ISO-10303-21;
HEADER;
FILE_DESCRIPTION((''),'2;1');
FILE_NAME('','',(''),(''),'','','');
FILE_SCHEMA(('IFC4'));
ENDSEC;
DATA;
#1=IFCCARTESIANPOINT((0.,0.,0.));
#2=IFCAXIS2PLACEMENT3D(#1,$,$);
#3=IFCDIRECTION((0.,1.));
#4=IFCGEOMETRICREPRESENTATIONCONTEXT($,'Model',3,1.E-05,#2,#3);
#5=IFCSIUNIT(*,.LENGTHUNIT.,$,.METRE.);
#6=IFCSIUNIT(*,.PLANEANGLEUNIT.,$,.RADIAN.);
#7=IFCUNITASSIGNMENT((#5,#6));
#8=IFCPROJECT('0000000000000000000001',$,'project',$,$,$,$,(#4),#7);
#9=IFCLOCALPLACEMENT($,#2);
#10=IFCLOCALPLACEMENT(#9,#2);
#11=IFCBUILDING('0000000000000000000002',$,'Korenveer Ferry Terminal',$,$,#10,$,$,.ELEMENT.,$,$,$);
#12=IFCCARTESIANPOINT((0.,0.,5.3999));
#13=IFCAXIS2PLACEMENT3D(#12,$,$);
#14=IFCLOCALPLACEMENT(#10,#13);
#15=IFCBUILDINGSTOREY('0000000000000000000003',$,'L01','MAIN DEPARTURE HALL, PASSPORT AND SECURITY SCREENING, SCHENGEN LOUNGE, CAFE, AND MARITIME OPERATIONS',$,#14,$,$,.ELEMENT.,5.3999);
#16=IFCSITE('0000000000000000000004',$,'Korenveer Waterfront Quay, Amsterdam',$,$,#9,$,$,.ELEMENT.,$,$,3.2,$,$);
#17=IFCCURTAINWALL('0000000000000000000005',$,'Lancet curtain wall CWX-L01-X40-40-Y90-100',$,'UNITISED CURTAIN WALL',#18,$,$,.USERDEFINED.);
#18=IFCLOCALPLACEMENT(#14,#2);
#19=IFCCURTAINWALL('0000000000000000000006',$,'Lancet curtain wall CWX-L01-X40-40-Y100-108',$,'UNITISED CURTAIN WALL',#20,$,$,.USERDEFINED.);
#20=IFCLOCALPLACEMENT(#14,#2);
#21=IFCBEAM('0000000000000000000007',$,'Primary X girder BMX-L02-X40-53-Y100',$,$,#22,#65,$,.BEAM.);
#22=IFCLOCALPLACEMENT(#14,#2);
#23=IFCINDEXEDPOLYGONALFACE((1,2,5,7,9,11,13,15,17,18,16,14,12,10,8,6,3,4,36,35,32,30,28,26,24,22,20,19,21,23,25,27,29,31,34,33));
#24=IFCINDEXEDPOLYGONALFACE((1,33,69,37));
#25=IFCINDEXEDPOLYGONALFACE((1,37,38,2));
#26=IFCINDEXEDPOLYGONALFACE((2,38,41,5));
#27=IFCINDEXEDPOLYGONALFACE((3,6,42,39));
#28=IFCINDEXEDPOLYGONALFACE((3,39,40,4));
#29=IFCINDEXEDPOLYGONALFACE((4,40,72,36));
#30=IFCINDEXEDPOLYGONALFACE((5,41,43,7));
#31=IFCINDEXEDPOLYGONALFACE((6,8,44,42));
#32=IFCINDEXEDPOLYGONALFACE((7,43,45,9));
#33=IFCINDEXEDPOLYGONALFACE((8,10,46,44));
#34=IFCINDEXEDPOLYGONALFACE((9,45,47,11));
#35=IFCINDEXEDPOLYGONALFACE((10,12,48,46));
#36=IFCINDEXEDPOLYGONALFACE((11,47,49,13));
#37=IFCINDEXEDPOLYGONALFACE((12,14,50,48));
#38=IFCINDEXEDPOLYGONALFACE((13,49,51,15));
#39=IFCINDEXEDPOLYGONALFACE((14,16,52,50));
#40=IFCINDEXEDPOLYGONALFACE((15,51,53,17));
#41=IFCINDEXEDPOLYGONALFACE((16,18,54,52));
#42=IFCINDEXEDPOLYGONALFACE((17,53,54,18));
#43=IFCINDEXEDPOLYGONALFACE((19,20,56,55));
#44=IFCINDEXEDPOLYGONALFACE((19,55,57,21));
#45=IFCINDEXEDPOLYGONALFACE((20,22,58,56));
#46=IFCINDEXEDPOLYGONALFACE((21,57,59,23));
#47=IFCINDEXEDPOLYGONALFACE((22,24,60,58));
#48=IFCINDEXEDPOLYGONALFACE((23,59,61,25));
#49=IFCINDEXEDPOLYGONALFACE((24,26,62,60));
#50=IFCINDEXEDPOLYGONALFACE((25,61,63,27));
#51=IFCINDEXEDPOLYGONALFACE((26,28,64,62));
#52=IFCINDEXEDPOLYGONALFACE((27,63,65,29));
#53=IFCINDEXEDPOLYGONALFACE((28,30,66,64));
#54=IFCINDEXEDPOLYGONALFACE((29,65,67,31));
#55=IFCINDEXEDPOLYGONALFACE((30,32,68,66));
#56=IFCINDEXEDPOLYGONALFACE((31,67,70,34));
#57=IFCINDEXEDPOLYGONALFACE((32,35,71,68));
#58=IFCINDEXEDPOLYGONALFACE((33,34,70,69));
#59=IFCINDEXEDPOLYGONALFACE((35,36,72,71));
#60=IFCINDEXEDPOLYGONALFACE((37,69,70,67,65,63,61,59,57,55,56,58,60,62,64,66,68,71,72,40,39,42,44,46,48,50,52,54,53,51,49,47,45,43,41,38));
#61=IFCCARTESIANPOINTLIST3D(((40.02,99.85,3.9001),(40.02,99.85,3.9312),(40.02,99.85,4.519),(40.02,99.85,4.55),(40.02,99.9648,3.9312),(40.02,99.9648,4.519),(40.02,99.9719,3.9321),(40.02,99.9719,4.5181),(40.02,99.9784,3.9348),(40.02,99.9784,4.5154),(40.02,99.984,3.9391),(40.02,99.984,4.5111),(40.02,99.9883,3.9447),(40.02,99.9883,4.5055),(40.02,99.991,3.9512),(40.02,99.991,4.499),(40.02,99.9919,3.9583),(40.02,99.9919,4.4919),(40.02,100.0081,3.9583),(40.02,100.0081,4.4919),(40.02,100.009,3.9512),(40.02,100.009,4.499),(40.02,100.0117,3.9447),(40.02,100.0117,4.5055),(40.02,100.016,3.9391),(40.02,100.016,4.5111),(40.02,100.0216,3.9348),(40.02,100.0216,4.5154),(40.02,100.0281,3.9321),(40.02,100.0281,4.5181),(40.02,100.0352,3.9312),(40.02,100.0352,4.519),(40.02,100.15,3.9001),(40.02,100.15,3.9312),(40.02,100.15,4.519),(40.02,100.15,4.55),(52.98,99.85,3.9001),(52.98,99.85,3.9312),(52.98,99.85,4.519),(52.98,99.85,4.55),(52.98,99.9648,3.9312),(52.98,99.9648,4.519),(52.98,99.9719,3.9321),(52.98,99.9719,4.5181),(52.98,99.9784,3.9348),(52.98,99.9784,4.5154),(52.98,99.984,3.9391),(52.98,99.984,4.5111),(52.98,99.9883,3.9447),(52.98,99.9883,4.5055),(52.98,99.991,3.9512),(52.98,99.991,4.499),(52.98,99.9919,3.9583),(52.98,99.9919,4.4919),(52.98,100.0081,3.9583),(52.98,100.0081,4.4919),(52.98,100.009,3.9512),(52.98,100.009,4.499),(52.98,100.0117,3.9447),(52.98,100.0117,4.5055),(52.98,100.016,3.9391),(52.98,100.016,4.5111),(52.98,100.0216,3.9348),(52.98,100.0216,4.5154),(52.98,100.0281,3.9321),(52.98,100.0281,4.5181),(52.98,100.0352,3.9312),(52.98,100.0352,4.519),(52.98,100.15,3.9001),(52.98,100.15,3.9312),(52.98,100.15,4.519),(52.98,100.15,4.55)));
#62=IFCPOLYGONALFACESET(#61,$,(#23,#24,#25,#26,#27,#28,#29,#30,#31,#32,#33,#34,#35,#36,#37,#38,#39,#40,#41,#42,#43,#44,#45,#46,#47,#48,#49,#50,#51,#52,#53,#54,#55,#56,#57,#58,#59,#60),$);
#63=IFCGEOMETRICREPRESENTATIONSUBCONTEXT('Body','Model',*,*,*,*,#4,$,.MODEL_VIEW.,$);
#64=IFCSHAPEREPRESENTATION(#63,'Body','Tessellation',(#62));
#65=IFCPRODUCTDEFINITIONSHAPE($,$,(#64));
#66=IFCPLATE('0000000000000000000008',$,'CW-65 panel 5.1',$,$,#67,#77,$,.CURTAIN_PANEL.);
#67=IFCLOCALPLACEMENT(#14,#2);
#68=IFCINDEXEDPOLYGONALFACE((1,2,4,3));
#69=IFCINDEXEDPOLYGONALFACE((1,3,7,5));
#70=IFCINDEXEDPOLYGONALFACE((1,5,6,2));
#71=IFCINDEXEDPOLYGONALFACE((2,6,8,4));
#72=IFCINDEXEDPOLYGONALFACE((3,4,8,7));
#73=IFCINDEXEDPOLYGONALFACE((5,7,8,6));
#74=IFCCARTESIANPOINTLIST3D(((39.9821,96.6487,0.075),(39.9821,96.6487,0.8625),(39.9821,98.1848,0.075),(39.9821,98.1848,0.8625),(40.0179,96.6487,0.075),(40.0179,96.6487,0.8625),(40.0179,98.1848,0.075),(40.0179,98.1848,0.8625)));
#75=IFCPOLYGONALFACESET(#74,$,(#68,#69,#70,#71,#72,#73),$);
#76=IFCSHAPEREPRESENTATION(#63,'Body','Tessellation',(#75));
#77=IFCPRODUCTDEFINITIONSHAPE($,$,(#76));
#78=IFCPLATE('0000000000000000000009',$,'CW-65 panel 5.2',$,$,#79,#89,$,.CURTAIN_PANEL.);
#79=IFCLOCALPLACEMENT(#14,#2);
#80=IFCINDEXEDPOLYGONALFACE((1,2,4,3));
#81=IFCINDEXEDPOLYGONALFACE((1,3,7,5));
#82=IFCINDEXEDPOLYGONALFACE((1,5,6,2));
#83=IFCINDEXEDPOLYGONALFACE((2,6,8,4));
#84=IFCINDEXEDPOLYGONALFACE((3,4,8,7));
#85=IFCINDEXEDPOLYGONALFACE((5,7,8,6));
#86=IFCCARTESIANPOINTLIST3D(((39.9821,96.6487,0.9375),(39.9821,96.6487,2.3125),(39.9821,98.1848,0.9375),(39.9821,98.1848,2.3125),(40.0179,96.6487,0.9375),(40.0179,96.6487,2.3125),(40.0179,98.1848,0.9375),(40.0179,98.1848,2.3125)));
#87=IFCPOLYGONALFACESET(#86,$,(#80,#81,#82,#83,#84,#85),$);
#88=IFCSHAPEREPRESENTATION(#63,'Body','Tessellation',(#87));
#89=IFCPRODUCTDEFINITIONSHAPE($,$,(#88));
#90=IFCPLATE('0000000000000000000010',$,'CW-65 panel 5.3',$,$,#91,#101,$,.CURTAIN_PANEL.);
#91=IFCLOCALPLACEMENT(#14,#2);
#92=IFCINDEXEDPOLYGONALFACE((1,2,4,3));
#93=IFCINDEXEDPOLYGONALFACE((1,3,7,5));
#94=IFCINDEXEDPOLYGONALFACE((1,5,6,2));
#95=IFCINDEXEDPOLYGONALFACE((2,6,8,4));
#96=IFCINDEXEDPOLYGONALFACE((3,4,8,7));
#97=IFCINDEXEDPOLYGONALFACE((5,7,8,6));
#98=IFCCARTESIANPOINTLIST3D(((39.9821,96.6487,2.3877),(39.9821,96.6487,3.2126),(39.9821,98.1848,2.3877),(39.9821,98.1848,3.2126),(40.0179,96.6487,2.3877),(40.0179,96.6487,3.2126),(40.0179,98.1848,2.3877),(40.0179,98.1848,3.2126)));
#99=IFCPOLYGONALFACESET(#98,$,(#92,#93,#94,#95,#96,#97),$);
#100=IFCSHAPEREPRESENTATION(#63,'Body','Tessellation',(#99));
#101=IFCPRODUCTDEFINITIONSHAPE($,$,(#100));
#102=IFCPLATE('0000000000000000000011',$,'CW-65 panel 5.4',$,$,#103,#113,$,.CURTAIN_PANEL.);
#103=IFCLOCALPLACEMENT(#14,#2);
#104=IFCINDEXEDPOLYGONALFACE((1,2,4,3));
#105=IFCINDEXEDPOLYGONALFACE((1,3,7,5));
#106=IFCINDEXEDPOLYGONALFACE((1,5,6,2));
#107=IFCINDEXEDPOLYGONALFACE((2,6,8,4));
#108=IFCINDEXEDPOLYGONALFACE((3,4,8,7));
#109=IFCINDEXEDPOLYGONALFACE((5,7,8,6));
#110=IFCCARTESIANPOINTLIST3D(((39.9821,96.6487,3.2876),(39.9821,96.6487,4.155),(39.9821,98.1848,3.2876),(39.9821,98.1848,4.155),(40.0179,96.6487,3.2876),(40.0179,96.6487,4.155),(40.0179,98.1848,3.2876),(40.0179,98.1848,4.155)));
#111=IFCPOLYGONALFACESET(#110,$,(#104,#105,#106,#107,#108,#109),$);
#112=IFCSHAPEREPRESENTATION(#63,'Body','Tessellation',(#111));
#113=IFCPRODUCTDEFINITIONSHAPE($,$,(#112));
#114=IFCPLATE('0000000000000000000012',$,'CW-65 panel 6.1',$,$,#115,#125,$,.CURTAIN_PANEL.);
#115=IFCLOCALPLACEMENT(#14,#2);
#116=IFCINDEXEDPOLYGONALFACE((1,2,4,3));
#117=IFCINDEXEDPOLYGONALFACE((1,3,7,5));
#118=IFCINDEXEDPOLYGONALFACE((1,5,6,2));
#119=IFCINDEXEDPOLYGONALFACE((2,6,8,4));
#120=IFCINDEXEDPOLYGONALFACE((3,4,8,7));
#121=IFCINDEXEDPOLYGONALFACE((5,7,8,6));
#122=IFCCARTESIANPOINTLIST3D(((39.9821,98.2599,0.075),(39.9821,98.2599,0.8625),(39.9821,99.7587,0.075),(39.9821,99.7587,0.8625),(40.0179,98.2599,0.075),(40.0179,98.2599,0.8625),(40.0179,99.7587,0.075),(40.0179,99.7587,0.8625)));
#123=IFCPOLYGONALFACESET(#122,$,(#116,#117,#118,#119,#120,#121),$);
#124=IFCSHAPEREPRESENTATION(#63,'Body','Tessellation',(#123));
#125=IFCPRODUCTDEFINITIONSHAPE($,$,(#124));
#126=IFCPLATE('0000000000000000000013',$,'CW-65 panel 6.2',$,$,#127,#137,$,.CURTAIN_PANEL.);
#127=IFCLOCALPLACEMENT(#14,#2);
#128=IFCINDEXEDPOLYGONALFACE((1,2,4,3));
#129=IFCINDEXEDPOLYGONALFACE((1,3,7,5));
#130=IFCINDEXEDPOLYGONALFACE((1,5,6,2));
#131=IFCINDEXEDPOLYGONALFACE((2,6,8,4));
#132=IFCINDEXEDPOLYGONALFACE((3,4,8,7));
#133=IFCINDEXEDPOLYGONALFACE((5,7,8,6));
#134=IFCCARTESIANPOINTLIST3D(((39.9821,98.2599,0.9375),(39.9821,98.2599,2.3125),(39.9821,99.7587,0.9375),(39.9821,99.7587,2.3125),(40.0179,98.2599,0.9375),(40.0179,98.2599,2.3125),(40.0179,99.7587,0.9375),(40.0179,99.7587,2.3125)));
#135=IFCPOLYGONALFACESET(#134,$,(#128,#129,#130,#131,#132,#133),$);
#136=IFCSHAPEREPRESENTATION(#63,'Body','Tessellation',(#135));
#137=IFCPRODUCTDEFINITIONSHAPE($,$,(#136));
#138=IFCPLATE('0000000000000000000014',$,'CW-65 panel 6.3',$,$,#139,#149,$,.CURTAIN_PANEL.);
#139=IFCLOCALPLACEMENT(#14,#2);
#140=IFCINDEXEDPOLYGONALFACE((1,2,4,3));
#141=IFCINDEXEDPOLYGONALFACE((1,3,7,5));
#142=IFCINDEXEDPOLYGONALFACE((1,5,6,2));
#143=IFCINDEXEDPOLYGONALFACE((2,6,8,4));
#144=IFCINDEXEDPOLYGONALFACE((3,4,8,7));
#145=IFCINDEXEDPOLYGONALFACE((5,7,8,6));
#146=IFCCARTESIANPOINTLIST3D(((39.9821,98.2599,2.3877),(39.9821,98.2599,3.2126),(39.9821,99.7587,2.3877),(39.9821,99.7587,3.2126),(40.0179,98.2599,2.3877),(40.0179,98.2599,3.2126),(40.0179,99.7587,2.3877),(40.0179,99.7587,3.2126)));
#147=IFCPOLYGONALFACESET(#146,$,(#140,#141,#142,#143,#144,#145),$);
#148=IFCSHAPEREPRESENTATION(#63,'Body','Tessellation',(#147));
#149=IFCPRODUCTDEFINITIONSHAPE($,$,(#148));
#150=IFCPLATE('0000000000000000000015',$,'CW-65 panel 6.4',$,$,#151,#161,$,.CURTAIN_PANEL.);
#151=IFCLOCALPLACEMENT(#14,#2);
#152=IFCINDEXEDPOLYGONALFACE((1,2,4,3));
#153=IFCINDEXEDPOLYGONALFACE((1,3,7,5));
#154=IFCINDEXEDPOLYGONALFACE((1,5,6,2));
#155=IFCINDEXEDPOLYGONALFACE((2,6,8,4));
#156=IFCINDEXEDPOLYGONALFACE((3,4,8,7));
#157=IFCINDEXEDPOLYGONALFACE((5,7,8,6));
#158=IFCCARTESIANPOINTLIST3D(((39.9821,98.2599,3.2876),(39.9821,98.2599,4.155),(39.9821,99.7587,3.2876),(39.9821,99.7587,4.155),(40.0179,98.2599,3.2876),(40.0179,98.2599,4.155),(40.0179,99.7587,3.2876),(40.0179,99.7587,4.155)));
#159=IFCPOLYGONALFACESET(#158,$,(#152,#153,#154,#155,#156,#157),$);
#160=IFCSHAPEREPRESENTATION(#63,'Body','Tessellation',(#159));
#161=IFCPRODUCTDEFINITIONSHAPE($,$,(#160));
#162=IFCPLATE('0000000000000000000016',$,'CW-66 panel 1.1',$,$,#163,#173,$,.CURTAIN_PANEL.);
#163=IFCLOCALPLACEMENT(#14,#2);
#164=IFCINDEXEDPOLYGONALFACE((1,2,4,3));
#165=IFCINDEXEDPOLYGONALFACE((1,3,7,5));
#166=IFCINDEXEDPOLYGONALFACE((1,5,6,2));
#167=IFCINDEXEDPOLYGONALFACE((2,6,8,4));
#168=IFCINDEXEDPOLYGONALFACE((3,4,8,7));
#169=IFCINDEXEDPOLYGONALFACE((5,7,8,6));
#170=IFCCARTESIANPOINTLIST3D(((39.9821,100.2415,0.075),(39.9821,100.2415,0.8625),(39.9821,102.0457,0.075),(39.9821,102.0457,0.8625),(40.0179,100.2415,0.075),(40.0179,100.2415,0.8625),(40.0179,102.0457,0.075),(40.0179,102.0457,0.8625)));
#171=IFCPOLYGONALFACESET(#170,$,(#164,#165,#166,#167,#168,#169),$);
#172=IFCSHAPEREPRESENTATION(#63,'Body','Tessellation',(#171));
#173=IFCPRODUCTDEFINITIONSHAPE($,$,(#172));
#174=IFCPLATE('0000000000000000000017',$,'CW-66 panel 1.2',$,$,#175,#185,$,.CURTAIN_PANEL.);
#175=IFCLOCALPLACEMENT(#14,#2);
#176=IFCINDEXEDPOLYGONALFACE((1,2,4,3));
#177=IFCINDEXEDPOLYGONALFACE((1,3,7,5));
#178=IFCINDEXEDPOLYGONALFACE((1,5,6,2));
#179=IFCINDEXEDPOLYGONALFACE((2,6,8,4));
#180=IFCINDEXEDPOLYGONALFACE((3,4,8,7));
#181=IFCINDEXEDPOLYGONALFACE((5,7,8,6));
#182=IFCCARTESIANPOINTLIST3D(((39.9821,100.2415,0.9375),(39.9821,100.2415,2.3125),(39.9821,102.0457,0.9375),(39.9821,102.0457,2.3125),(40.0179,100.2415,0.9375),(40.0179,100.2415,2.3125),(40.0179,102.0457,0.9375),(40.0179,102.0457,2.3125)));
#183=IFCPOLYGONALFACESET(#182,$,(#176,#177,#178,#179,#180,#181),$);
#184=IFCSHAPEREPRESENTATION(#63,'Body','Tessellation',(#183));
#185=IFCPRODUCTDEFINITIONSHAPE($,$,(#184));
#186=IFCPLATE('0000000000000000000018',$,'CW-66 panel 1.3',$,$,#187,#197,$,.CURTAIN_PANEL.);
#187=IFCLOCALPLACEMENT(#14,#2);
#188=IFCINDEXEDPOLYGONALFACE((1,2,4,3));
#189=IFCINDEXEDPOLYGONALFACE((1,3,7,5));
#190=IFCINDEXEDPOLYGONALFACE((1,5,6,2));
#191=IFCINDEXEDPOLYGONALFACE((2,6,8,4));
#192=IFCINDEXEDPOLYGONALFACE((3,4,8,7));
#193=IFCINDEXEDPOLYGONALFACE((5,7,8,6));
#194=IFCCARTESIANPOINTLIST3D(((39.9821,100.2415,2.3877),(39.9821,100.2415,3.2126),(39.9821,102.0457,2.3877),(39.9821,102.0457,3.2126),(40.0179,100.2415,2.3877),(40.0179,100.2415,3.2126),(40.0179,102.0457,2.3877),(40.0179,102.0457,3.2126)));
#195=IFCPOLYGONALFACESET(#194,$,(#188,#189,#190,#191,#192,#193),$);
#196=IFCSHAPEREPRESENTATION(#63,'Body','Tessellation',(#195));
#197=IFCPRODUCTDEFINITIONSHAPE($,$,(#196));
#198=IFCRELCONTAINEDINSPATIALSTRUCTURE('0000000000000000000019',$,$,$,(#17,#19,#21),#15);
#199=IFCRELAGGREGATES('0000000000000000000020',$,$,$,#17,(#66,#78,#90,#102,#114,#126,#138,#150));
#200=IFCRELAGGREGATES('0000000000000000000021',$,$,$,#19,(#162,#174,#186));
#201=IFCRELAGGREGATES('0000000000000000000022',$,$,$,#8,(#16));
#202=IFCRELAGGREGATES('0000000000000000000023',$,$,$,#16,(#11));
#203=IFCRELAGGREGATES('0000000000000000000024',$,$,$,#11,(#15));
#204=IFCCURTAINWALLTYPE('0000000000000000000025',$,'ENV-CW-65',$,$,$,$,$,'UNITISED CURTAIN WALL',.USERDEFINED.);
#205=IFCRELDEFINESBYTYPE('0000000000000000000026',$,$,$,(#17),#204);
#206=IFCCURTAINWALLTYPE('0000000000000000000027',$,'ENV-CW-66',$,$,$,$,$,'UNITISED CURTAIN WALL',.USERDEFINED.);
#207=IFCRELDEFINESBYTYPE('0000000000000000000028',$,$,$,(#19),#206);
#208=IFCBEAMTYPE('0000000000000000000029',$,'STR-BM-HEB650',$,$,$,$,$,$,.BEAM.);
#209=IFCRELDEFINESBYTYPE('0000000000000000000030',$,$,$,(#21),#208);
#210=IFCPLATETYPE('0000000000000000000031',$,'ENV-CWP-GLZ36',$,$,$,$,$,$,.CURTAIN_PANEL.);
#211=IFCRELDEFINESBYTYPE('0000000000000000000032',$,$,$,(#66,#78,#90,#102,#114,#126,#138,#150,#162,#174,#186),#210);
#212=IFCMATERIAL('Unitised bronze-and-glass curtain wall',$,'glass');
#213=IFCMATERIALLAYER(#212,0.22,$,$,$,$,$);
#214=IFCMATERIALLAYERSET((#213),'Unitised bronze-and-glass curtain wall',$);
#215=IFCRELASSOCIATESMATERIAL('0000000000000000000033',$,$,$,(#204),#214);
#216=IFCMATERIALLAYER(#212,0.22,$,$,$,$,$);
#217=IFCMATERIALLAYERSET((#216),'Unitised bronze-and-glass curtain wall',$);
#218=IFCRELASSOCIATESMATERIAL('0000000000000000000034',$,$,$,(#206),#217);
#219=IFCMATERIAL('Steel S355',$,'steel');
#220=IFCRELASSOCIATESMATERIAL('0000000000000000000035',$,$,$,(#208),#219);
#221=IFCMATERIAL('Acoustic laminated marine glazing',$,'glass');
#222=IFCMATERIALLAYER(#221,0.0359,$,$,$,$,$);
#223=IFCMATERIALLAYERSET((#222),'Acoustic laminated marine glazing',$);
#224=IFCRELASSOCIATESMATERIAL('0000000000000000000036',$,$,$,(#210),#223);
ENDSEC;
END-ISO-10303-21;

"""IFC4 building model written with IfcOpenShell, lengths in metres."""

from ifc_helpers import new_model, si_unit, direction, frame, origin, origin_2d, place, context, subcontext, project, spatial, rectangle, i_section, extrude, material, layer, layer_set, material_profile, profile_set, type_object, element, aggregate, save


model = new_model("IFC4")

# Units and contexts
model_context = context("Model", 3, precision=1e-05, world=origin(), true_north=direction((0.0, 1.0)))
body_context = subcontext(model_context, "Body", "Model", "MODEL_VIEW")
ifc_project = project(units=[si_unit("LENGTHUNIT", "METRE"), si_unit("PLANEANGLEUNIT", "RADIAN")], contexts=[model_context])

# Site, building, storey
site_placement = place(None, origin())
site = spatial("IfcSite", under=ifc_project, at=site_placement, Name="Korenveer Waterfront Quay, Amsterdam", CompositionType="ELEMENT", RefElevation=3.2)
building_placement = place(site_placement, origin())
building = spatial("IfcBuilding", under=site, at=building_placement, Name="Korenveer Ferry Terminal", CompositionType="ELEMENT")
storey_placement = place(building_placement, frame((0.0, 0.0, 5.3999)))
storey = spatial("IfcBuildingStorey", under=building, at=storey_placement, Name="L01", Description="MAIN DEPARTURE HALL, PASSPORT AND SECURITY SCREENING, SCHENGEN LOUNGE, CAFE, AND MARITIME OPERATIONS", CompositionType="ELEMENT", Elevation=5.3999)

# Shared definitions
ifc_material_1 = material(Name="Steel S355", Category="steel")

# Curtain walls
ifc_material_2 = material(Name="Unitised bronze-and-glass curtain wall", Category="glass")
ifc_layer_1 = layer(ifc_material_2, 0.22)
ifc_layer_set_1 = layer_set([ifc_layer_1], Name="Unitised bronze-and-glass curtain wall")
curtain_wall_type_1 = type_object("IfcCurtainWallType", Name="ENV-CW-65", ElementType="UNITISED CURTAIN WALL", PredefinedType="USERDEFINED", material=ifc_layer_set_1)
curtain_wall_1_placement = place(storey_placement, frame((40.0, 90.1665, 0.0)))
curtain_wall_1 = element("IfcCurtainWall", 1, at=curtain_wall_1_placement, inside=storey, type_object=curtain_wall_type_1, Name="Lancet curtain wall CWX-L01-X40-40-Y90-100", ObjectType="UNITISED CURTAIN WALL", PredefinedType="USERDEFINED")
ifc_layer_2 = layer(ifc_material_2, 0.22)
ifc_layer_set_2 = layer_set([ifc_layer_2], Name="Unitised bronze-and-glass curtain wall")
curtain_wall_type_2 = type_object("IfcCurtainWallType", Name="ENV-CW-66", ElementType="UNITISED CURTAIN WALL", PredefinedType="USERDEFINED", material=ifc_layer_set_2)
curtain_wall_2_placement = place(storey_placement, frame((40.0, 100.1665, 0.0)))
curtain_wall_2 = element("IfcCurtainWall", 2, at=curtain_wall_2_placement, inside=storey, type_object=curtain_wall_type_2, Name="Lancet curtain wall CWX-L01-X40-40-Y100-108", ObjectType="UNITISED CURTAIN WALL", PredefinedType="USERDEFINED")

# Beam
ifc_material_profile_1 = material_profile(ifc_material_1, i_section(OverallWidth=0.3, OverallDepth=0.6499, WebThickness=0.0161, FlangeThickness=0.031, FilletRadius=0.0271, at=origin_2d()), Name="HEB 650")
ifc_profile_set_1 = profile_set([ifc_material_profile_1], Name="Steel S355")
beam_type_1 = type_object("IfcBeamType", Name="STR-BM-HEB650", PredefinedType="BEAM", material=ifc_profile_set_1)
beam_1_placement = place(storey_placement, frame((40.02, 100.0, 4.2251), z_axis=(1.0, 0.0, 0.0), x_axis=(0.0, 1.0, 0.0)))
element("IfcBeam", 3, at=beam_1_placement, inside=storey, type_object=beam_type_1, Name="Primary X girder BMX-L02-X40-53-Y100", PredefinedType="BEAM", context=body_context, shape_type="SweptSolid", body=[
    extrude(i_section(OverallWidth=0.3, OverallDepth=0.6499, WebThickness=0.0161, FlangeThickness=0.031, FilletRadius=0.0271, at=origin_2d()), origin(), (0.0, 0.0, 1.0), 12.96),
])

# Plates
ifc_material_3 = material(Name="Acoustic laminated marine glazing", Category="glass")
ifc_layer_3 = layer(ifc_material_3, 0.0359)
ifc_layer_set_3 = layer_set([ifc_layer_3], Name="Acoustic laminated marine glazing")
plate_type = type_object("IfcPlateType", Name="ENV-CWP-GLZ36", PredefinedType="CURTAIN_PANEL", material=ifc_layer_set_3)
plate_1_placement = place(storey_placement, frame((40.0, 97.4167, 0.075), z_axis=(0.0, 0.0, 1.0), x_axis=(0.0, 1.0, 0.0)))
plate_1 = element("IfcPlate", 4, at=plate_1_placement, type_object=plate_type, Name="CW-65 panel 5.1", PredefinedType="CURTAIN_PANEL", context=body_context, shape_type="SweptSolid", body=[
    extrude(rectangle(XDim=1.5361, YDim=0.0359, at=origin_2d()), origin(), (0.0, 0.0, 1.0), 0.7876),
])
plate_2_placement = place(storey_placement, frame((40.0, 97.4167, 0.9375), z_axis=(0.0, 0.0, 1.0), x_axis=(0.0, 1.0, 0.0)))
plate_2 = element("IfcPlate", 5, at=plate_2_placement, type_object=plate_type, Name="CW-65 panel 5.2", PredefinedType="CURTAIN_PANEL", context=body_context, shape_type="SweptSolid", body=[
    extrude(rectangle(XDim=1.5361, YDim=0.0359, at=origin_2d()), origin(), (0.0, 0.0, 1.0), 1.375),
])
plate_3_placement = place(storey_placement, frame((40.0, 97.4167, 2.3877), z_axis=(0.0, 0.0, 1.0), x_axis=(0.0, 1.0, 0.0)))
plate_3 = element("IfcPlate", 6, at=plate_3_placement, type_object=plate_type, Name="CW-65 panel 5.3", PredefinedType="CURTAIN_PANEL", context=body_context, shape_type="SweptSolid", body=[
    extrude(rectangle(XDim=1.5361, YDim=0.0359, at=origin_2d()), origin(), (0.0, 0.0, 1.0), 0.825),
])
plate_4_placement = place(storey_placement, frame((40.0, 97.4167, 3.2876), z_axis=(0.0, 0.0, 1.0), x_axis=(0.0, 1.0, 0.0)))
plate_4 = element("IfcPlate", 7, at=plate_4_placement, type_object=plate_type, Name="CW-65 panel 5.4", PredefinedType="CURTAIN_PANEL", context=body_context, shape_type="SweptSolid", body=[
    extrude(rectangle(XDim=1.5361, YDim=0.0359, at=origin_2d()), origin(), (0.0, 0.0, 1.0), 0.8674),
])
plate_5_placement = place(storey_placement, frame((40.0, 99.0093, 0.075), z_axis=(0.0, 0.0, 1.0), x_axis=(0.0, 1.0, 0.0)))
plate_5 = element("IfcPlate", 8, at=plate_5_placement, type_object=plate_type, Name="CW-65 panel 6.1", PredefinedType="CURTAIN_PANEL", context=body_context, shape_type="SweptSolid", body=[
    extrude(rectangle(XDim=1.4988, YDim=0.0359, at=origin_2d()), origin(), (0.0, 0.0, 1.0), 0.7876),
])
plate_6_placement = place(storey_placement, frame((40.0, 99.0093, 0.9375), z_axis=(0.0, 0.0, 1.0), x_axis=(0.0, 1.0, 0.0)))
plate_6 = element("IfcPlate", 9, at=plate_6_placement, type_object=plate_type, Name="CW-65 panel 6.2", PredefinedType="CURTAIN_PANEL", context=body_context, shape_type="SweptSolid", body=[
    extrude(rectangle(XDim=1.4988, YDim=0.0359, at=origin_2d()), origin(), (0.0, 0.0, 1.0), 1.375),
])
plate_7_placement = place(storey_placement, frame((40.0, 99.0093, 2.3877), z_axis=(0.0, 0.0, 1.0), x_axis=(0.0, 1.0, 0.0)))
plate_7 = element("IfcPlate", 10, at=plate_7_placement, type_object=plate_type, Name="CW-65 panel 6.3", PredefinedType="CURTAIN_PANEL", context=body_context, shape_type="SweptSolid", body=[
    extrude(rectangle(XDim=1.4988, YDim=0.0359, at=origin_2d()), origin(), (0.0, 0.0, 1.0), 0.825),
])
plate_8_placement = place(storey_placement, frame((40.0, 99.0093, 3.2876), z_axis=(0.0, 0.0, 1.0), x_axis=(0.0, 1.0, 0.0)))
plate_8 = element("IfcPlate", 11, at=plate_8_placement, type_object=plate_type, Name="CW-65 panel 6.4", PredefinedType="CURTAIN_PANEL", context=body_context, shape_type="SweptSolid", body=[
    extrude(rectangle(XDim=1.4988, YDim=0.0359, at=origin_2d()), origin(), (0.0, 0.0, 1.0), 0.8674),
])
aggregate(curtain_wall_1, [plate_1, plate_2, plate_3, plate_4, plate_5, plate_6, plate_7, plate_8])
plate_9_placement = place(storey_placement, frame((40.0, 101.1436, 0.075), z_axis=(0.0, 0.0, 1.0), x_axis=(0.0, 1.0, 0.0)))
plate_9 = element("IfcPlate", 12, at=plate_9_placement, type_object=plate_type, Name="CW-66 panel 1.1", PredefinedType="CURTAIN_PANEL", context=body_context, shape_type="SweptSolid", body=[
    extrude(rectangle(XDim=1.8042, YDim=0.0359, at=origin_2d()), origin(), (0.0, 0.0, 1.0), 0.7876),
])
plate_10_placement = place(storey_placement, frame((40.0, 101.1436, 0.9375), z_axis=(0.0, 0.0, 1.0), x_axis=(0.0, 1.0, 0.0)))
plate_10 = element("IfcPlate", 13, at=plate_10_placement, type_object=plate_type, Name="CW-66 panel 1.2", PredefinedType="CURTAIN_PANEL", context=body_context, shape_type="SweptSolid", body=[
    extrude(rectangle(XDim=1.8042, YDim=0.0359, at=origin_2d()), origin(), (0.0, 0.0, 1.0), 1.375),
])
plate_11_placement = place(storey_placement, frame((40.0, 101.1436, 2.3877), z_axis=(0.0, 0.0, 1.0), x_axis=(0.0, 1.0, 0.0)))
plate_11 = element("IfcPlate", 14, at=plate_11_placement, type_object=plate_type, Name="CW-66 panel 1.3", PredefinedType="CURTAIN_PANEL", context=body_context, shape_type="SweptSolid", body=[
    extrude(rectangle(XDim=1.8042, YDim=0.0359, at=origin_2d()), origin(), (0.0, 0.0, 1.0), 0.825),
])
aggregate(curtain_wall_2, [plate_9, plate_10, plate_11])

save(model, "model.ifc")
